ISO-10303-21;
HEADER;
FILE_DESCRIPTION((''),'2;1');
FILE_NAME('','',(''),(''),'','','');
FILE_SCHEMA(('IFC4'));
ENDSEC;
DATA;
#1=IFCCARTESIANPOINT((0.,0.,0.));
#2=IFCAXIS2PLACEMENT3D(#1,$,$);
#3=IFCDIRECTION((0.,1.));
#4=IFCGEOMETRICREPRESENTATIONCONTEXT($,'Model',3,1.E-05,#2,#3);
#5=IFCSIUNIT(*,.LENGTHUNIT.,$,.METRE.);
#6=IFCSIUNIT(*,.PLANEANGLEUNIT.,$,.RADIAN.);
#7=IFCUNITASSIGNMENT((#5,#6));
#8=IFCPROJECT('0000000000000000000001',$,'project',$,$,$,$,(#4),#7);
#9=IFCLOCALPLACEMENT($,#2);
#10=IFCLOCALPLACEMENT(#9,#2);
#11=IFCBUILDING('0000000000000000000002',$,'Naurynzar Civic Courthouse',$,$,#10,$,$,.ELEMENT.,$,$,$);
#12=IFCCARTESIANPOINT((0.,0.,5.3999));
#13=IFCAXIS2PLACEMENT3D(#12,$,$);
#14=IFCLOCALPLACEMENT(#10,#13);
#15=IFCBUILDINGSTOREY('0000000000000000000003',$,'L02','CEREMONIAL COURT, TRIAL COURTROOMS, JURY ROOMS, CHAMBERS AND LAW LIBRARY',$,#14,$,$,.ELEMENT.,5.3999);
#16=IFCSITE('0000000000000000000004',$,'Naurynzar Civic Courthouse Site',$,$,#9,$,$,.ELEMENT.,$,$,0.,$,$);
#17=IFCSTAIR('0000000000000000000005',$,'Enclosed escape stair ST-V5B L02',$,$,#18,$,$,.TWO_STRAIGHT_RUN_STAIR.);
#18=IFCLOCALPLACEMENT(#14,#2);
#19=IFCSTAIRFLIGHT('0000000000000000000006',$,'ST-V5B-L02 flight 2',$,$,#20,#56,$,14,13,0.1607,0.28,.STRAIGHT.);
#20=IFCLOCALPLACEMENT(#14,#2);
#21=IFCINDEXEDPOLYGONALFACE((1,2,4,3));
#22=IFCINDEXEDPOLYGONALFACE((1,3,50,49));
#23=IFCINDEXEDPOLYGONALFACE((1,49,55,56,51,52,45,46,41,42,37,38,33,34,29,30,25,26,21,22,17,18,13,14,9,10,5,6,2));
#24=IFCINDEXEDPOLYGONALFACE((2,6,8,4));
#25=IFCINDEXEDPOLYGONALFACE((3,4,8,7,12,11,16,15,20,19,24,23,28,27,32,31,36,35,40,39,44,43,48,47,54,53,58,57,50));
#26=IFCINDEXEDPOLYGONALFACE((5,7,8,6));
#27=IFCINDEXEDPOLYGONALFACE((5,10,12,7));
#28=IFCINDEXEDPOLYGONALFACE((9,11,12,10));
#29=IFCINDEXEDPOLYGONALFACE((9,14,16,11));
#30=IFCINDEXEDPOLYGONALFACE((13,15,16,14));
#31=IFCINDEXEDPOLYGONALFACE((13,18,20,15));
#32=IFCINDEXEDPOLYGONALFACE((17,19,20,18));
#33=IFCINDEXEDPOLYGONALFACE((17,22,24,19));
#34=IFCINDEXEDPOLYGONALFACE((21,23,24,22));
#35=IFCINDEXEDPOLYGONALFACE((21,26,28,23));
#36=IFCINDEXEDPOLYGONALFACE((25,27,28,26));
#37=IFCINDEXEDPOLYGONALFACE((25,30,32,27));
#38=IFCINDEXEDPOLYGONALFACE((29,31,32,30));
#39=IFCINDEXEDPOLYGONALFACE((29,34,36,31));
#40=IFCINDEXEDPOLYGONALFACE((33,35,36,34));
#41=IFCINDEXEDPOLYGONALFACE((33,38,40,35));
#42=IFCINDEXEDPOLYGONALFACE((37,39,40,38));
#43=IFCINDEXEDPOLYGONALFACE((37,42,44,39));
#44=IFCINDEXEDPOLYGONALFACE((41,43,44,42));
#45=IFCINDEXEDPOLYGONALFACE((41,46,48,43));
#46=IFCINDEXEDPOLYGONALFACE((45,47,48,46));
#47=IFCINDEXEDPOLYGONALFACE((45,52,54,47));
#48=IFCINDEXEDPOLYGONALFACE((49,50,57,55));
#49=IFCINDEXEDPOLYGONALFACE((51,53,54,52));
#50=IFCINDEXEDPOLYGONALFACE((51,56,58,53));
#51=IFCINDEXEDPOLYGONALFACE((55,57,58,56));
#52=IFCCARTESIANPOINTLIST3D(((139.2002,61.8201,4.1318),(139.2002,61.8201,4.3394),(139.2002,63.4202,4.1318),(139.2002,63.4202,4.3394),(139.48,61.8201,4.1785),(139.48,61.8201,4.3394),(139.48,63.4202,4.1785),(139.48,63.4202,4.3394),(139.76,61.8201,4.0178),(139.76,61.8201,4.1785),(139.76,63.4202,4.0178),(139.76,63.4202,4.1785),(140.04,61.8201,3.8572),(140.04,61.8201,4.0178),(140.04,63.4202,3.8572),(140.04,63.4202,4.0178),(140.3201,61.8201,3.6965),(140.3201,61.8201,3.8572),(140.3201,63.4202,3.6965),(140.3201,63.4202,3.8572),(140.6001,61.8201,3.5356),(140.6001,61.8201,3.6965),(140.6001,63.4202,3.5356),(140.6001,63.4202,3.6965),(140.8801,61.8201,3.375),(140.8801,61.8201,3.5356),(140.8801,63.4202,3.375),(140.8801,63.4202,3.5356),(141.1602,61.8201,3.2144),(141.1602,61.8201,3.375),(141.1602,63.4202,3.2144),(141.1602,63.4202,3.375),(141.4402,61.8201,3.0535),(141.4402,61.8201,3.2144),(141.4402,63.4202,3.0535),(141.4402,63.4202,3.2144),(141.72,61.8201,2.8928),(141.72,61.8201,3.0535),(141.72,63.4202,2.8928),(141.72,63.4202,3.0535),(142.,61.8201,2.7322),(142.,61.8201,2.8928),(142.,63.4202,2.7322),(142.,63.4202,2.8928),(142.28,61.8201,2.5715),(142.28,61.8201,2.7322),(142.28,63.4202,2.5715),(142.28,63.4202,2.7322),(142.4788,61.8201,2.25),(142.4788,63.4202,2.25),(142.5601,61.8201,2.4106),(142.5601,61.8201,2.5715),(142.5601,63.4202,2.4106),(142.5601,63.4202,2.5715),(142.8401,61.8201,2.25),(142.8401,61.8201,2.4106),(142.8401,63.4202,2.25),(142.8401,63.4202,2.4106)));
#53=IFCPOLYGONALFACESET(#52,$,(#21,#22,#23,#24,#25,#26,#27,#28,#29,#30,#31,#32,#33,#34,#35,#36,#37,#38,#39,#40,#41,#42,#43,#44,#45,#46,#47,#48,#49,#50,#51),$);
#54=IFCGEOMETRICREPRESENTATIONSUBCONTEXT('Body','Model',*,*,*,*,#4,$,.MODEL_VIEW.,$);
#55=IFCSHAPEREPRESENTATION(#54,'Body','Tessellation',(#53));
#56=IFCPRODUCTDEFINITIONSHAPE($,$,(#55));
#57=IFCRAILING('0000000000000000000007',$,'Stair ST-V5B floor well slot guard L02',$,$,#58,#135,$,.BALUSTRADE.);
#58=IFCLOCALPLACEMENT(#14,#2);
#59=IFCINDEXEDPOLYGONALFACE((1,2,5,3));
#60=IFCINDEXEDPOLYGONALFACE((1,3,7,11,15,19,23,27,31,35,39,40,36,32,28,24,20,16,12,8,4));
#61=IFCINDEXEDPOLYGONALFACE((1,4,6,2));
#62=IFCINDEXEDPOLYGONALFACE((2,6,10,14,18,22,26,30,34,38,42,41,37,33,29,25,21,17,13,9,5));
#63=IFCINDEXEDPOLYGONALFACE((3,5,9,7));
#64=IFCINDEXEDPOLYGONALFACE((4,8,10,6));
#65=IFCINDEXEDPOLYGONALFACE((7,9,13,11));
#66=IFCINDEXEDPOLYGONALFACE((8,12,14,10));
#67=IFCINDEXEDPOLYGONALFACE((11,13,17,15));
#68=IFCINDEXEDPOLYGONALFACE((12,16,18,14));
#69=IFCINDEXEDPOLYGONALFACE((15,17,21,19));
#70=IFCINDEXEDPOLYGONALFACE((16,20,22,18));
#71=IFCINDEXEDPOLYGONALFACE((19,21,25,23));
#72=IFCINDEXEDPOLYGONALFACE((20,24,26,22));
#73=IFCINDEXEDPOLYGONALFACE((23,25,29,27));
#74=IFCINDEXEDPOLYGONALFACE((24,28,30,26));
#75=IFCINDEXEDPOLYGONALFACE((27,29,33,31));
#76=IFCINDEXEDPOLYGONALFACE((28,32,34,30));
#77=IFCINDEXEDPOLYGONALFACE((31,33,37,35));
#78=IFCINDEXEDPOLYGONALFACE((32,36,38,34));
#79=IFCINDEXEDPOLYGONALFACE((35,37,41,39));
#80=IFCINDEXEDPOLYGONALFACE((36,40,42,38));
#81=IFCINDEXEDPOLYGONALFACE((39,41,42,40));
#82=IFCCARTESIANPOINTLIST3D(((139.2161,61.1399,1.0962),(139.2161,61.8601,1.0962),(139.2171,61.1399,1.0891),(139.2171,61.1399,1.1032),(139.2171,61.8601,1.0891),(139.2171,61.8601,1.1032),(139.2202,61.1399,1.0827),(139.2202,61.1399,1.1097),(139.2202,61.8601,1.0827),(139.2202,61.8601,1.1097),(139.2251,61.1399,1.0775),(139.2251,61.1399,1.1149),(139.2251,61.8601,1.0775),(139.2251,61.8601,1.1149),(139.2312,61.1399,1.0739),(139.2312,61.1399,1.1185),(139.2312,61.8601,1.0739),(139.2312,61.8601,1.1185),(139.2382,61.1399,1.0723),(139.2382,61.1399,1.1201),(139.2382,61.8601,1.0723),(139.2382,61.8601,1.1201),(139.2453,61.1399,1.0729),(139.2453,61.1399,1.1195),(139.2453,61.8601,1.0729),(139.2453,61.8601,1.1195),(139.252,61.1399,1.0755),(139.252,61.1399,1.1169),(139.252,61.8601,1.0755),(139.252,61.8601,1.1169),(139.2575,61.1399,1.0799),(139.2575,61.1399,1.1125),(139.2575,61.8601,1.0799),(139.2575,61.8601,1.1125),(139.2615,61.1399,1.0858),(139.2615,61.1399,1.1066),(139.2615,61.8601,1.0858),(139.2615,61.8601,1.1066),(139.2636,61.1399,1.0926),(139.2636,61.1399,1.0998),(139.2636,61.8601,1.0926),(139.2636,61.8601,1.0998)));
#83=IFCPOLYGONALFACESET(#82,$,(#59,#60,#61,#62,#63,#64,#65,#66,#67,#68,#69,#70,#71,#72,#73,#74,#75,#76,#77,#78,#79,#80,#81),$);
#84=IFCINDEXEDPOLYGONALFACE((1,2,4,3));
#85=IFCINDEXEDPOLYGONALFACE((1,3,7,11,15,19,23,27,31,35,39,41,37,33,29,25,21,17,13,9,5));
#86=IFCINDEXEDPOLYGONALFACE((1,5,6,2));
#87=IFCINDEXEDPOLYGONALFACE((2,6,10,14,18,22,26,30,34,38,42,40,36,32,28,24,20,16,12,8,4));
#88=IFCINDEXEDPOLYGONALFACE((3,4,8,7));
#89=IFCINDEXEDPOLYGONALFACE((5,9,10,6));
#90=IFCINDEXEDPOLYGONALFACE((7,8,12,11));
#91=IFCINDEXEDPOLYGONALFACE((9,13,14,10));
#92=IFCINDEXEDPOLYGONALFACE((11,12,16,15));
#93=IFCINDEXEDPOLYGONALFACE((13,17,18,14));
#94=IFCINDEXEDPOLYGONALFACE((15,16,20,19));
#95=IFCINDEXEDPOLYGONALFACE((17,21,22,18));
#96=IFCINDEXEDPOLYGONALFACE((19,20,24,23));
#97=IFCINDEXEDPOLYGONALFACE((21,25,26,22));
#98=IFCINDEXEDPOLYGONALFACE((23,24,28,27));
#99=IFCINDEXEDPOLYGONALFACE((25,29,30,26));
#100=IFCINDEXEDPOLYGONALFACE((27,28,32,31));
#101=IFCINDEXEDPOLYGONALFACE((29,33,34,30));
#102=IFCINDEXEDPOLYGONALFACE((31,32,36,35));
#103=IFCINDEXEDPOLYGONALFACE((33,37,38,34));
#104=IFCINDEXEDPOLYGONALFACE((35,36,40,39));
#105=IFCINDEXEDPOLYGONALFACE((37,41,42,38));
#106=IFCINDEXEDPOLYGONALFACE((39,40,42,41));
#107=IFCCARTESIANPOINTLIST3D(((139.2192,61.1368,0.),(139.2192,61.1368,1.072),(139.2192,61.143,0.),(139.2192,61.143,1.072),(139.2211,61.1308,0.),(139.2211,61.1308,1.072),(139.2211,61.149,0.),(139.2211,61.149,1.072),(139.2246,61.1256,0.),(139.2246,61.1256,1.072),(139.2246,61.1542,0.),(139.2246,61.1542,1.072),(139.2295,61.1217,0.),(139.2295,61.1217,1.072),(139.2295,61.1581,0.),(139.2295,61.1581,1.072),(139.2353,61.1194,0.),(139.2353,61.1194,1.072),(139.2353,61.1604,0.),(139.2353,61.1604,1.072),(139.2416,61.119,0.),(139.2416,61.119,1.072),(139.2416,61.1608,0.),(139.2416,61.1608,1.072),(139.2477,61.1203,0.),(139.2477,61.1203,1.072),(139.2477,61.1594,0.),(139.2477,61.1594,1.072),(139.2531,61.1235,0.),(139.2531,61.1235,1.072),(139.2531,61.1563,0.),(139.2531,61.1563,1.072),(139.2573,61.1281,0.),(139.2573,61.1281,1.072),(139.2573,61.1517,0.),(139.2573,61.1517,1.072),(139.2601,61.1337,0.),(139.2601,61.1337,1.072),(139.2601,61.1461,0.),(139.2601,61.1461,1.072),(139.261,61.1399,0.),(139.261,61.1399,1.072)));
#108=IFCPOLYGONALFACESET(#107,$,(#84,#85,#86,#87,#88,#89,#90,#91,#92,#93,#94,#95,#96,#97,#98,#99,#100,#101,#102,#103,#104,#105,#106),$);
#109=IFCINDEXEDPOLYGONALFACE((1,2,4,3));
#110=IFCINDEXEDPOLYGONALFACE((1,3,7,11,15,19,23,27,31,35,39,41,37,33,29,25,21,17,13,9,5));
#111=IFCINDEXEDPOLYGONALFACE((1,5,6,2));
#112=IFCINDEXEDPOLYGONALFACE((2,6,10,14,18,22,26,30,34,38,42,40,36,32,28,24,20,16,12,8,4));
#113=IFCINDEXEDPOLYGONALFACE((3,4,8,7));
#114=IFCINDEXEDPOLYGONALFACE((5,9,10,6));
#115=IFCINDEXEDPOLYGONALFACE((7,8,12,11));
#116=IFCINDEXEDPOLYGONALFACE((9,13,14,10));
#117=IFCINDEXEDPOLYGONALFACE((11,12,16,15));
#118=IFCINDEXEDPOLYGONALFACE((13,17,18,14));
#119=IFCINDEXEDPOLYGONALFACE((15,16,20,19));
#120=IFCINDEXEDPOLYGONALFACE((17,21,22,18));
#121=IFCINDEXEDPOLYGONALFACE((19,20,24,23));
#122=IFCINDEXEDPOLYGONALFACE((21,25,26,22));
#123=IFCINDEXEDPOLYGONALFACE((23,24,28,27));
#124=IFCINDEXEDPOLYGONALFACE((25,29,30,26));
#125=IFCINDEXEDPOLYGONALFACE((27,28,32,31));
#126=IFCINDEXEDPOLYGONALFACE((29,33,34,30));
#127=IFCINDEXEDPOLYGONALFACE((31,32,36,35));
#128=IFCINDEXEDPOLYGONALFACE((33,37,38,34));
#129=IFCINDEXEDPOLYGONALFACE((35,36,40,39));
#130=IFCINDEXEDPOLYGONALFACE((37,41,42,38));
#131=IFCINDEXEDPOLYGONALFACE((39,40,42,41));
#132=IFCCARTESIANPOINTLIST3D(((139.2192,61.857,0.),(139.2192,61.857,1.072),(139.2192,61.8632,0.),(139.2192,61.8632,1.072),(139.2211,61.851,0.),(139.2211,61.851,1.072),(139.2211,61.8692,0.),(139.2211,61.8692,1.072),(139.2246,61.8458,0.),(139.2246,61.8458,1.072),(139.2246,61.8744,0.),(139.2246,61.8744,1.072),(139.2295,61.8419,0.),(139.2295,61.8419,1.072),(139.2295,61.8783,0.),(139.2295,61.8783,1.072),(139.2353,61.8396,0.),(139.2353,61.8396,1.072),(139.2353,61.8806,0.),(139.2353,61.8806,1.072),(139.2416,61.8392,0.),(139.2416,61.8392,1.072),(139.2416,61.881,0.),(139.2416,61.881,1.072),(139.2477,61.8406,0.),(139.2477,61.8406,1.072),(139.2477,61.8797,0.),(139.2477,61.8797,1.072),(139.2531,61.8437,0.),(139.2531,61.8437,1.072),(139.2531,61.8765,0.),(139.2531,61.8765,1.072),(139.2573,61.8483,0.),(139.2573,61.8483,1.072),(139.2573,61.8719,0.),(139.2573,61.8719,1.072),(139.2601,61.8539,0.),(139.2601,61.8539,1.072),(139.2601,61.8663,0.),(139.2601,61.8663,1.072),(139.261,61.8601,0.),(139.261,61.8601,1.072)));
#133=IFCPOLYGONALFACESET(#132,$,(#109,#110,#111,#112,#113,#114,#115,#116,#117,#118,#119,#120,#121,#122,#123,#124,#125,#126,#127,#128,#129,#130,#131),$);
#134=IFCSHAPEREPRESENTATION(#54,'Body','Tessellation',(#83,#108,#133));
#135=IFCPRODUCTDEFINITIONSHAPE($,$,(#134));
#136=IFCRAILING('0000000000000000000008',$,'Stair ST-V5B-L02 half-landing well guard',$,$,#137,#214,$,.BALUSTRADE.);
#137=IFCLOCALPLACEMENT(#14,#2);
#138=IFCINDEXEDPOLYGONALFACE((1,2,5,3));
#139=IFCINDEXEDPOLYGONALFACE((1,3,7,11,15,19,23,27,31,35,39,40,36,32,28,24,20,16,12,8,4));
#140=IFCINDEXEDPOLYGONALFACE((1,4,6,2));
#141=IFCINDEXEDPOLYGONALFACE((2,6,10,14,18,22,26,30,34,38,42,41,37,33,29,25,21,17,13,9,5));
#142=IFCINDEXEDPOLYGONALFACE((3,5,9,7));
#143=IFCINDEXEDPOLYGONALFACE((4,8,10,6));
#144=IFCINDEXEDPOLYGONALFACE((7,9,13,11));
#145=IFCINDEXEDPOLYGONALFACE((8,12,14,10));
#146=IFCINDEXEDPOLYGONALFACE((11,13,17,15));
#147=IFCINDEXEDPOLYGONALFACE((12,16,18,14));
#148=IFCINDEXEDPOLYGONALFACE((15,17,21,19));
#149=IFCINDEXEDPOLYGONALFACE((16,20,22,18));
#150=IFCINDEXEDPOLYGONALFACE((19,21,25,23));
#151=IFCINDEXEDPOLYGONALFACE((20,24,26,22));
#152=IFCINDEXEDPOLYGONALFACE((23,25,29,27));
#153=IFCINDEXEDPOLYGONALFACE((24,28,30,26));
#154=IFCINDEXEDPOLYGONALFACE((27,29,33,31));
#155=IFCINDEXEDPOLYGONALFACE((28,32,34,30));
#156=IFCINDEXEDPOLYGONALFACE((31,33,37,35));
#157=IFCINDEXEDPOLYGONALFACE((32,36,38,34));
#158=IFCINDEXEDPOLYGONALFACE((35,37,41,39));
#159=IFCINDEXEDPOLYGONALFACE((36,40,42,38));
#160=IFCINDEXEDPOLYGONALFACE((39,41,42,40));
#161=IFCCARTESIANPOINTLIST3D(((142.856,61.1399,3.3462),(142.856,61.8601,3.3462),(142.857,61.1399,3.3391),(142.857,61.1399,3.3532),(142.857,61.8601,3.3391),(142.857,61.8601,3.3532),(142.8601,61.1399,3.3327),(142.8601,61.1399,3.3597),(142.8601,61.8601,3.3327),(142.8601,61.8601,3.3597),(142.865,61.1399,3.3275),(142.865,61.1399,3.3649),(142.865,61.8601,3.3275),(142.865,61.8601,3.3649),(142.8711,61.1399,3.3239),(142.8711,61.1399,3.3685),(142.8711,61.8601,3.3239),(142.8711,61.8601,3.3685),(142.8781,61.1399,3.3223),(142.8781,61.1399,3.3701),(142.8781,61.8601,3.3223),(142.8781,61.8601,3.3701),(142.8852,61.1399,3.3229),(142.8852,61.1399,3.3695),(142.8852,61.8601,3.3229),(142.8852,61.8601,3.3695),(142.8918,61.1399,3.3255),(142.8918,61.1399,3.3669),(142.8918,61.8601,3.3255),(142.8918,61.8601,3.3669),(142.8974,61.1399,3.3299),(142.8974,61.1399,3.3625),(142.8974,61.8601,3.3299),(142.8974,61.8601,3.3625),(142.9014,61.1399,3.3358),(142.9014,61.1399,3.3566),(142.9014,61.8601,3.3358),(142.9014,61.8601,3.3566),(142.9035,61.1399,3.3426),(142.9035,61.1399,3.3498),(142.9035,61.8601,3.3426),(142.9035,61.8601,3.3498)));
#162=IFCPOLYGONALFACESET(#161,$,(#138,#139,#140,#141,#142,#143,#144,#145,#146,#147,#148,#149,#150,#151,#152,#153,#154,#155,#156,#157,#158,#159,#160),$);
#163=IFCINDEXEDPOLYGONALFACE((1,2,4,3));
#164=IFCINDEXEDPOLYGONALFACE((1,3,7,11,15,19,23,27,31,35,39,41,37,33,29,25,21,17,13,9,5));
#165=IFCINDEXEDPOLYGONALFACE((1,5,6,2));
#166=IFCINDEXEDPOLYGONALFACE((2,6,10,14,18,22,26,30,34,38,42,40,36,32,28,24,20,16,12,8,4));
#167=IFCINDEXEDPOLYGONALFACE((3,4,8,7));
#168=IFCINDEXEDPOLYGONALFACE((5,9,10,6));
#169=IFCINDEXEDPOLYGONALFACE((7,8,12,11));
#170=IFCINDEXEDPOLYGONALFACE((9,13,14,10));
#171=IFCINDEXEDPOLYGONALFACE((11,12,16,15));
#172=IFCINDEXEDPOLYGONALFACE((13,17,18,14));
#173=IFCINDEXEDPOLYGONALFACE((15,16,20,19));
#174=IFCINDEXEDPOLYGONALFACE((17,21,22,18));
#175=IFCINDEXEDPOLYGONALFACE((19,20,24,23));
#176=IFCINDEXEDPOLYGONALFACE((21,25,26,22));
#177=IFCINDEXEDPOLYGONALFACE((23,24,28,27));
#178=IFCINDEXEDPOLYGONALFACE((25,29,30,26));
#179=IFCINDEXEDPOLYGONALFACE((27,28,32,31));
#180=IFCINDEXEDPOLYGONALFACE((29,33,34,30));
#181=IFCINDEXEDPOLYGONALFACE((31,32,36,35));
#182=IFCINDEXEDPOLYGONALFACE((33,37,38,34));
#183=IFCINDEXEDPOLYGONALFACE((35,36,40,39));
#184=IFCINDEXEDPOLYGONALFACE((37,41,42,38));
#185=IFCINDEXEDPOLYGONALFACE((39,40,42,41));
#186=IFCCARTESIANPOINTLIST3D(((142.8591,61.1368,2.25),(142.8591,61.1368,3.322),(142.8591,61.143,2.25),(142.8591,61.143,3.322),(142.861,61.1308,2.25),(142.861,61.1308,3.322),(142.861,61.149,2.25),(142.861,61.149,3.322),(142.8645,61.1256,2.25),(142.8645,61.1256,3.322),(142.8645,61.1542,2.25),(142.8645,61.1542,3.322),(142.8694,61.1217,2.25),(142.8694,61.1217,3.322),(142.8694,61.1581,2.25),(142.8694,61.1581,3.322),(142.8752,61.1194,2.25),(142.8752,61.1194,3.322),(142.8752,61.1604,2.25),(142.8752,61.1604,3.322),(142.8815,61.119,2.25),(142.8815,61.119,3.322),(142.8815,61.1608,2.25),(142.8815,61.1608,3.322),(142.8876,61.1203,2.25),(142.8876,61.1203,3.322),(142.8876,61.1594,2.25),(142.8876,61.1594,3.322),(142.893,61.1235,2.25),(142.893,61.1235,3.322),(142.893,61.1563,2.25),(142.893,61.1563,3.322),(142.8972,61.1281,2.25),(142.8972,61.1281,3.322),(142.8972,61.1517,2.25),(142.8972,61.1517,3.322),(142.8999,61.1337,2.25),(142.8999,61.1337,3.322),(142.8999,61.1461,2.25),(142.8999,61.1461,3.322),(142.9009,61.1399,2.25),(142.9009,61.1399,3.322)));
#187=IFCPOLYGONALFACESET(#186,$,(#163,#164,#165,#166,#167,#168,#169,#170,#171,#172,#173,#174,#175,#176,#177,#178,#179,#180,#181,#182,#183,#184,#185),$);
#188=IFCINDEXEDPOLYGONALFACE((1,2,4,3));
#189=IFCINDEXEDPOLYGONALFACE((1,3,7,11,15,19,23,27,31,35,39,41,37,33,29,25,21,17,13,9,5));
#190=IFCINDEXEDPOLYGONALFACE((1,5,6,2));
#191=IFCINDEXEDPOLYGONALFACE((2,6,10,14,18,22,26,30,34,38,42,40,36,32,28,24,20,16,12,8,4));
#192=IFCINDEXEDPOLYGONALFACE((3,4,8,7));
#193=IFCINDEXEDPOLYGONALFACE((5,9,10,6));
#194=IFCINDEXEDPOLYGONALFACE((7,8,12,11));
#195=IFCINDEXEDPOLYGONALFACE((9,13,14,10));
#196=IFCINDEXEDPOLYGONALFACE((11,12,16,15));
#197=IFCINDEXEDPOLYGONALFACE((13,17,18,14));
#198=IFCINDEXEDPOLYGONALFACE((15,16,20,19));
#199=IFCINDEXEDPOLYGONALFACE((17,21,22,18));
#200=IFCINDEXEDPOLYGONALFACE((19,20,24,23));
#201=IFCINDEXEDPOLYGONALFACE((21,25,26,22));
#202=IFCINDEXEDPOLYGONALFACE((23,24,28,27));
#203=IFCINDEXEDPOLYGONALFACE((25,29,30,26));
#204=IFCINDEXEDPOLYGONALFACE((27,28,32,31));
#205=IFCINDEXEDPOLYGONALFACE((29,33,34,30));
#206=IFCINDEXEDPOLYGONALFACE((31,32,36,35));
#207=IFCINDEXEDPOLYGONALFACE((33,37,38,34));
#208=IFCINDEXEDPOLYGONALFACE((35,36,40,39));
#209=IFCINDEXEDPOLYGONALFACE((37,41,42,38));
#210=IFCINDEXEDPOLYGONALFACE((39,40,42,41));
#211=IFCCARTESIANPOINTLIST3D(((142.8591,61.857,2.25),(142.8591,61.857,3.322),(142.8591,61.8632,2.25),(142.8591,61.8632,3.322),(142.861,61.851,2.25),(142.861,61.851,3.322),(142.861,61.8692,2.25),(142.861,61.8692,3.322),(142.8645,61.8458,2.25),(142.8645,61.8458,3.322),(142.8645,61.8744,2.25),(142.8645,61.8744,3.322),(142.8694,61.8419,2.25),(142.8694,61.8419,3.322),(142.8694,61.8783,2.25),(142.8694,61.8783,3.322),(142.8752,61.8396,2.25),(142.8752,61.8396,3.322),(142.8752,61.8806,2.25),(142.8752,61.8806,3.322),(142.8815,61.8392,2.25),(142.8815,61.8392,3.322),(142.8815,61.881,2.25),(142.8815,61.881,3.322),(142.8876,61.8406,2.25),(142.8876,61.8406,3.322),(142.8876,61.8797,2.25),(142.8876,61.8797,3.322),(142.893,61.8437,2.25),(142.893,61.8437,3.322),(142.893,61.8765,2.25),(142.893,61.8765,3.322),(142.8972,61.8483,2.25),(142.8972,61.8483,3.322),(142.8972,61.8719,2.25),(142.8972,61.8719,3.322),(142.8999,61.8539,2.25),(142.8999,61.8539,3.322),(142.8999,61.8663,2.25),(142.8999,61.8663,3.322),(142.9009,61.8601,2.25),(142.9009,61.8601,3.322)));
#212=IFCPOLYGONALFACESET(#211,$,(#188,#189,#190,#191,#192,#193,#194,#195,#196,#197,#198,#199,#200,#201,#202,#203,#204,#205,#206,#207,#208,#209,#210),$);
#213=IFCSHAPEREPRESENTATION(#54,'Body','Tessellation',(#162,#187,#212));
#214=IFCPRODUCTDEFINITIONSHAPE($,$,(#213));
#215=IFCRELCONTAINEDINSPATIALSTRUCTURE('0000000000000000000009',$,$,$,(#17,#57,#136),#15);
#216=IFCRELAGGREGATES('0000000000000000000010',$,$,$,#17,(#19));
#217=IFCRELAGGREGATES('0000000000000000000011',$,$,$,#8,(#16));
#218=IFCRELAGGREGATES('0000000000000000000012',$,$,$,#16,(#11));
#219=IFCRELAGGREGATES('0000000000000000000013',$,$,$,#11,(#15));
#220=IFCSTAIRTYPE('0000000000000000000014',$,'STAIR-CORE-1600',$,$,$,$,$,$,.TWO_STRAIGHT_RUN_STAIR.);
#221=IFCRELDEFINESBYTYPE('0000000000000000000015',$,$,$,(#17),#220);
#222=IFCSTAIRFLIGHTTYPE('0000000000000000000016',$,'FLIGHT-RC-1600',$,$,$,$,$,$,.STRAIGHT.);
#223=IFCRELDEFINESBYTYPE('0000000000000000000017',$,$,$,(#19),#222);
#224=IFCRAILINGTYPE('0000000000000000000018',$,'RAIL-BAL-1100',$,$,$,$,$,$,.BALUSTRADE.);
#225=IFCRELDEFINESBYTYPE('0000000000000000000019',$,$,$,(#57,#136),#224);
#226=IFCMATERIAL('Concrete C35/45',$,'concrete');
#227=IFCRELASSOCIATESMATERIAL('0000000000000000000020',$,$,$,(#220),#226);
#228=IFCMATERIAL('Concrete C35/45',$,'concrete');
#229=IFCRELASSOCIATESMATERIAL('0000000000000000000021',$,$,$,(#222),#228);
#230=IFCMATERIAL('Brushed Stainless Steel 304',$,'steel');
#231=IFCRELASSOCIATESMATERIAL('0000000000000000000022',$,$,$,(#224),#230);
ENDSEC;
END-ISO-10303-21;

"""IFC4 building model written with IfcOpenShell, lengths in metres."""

from ifc_helpers import new_model, si_unit, direction, frame, origin, origin_2d, place, context, subcontext, project, spatial, polyline, circle, outline, extrude, material, type_object, element, aggregate, save


model = new_model("IFC4")

# Units and contexts
model_context = context("Model", 3, precision=1e-05, world=origin(), true_north=direction((0.0, 1.0)))
body_context = subcontext(model_context, "Body", "Model", "MODEL_VIEW")
ifc_project = project(units=[si_unit("LENGTHUNIT", "METRE"), si_unit("PLANEANGLEUNIT", "RADIAN")], contexts=[model_context])

# Site, building, storey
site_placement = place(None, origin())
site = spatial("IfcSite", under=ifc_project, at=site_placement, Name="Naurynzar Civic Courthouse Site", CompositionType="ELEMENT", RefElevation=0.0)
building_placement = place(site_placement, origin())
building = spatial("IfcBuilding", under=site, at=building_placement, Name="Naurynzar Civic Courthouse", CompositionType="ELEMENT")
storey_placement = place(building_placement, frame((0.0, 0.0, 5.3999)))
storey = spatial("IfcBuildingStorey", under=building, at=storey_placement, Name="L02", Description="CEREMONIAL COURT, TRIAL COURTROOMS, JURY ROOMS, CHAMBERS AND LAW LIBRARY", CompositionType="ELEMENT", Elevation=5.3999)

# Stair, stair flight
ifc_material_1 = material(Name="Concrete C35/45", Category="concrete")
stair_type = type_object("IfcStairType", Name="STAIR-CORE-1600", PredefinedType="TWO_STRAIGHT_RUN_STAIR", material=ifc_material_1)
stair_placement = place(storey_placement, origin())
stair = element("IfcStair", 1, at=stair_placement, inside=storey, type_object=stair_type, Name="Enclosed escape stair ST-V5B L02", PredefinedType="TWO_STRAIGHT_RUN_STAIR")
ifc_material_2 = material(Name="Concrete C35/45", Category="concrete")
stair_flight_type = type_object("IfcStairFlightType", Name="FLIGHT-RC-1600", PredefinedType="STRAIGHT", material=ifc_material_2)
stair_flight_1_placement = place(storey_placement, frame((142.8401, 62.6201, 2.25), z_axis=(0.0, 0.0, 1.0), x_axis=(-1.0, 0.0, 0.0)))
stair_flight_1 = element("IfcStairFlight", 2, at=stair_flight_1_placement, type_object=stair_flight_type, Name="ST-V5B-L02 flight 2", NumberOfRisers=14, NumberOfTreads=13, PredefinedType="STRAIGHT", RiserHeight=0.1607, TreadLength=0.28, context=body_context, shape_type="SweptSolid", body=[
    extrude(outline(polyline([(0.0, 0.0), (0.0, 0.1606), (0.28, 0.1606), (0.28, 0.3215), (0.5601, 0.3215), (0.5601, 0.4822), (0.8401, 0.4822), (0.8401, 0.6428), (1.1201, 0.6428), (1.1201, 0.8035), (1.3999, 0.8035), (1.3999, 0.9644), (1.6799, 0.9644), (1.6799, 1.125), (1.96, 1.125), (1.96, 1.2856), (2.24, 1.2856), (2.24, 1.4465), (2.52, 1.4465), (2.52, 1.6072), (2.8, 1.6072), (2.8, 1.7678), (3.0801, 1.7678), (3.0801, 1.9285), (3.3601, 1.9285), (3.3601, 2.0894), (3.6399, 2.0894), (3.6399, 2.25), (3.6399, 1.8818), (0.3613, 0.0), (0.0, 0.0)])), frame((0.0, 0.8, 0.0), z_axis=(0.0, -1.0, 0.0), x_axis=(1.0, 0.0, 0.0)), (0.0, 0.0, 1.0), 1.6001),
])
aggregate(stair, [stair_flight_1])

# Railings
ifc_material_3 = material(Name="Brushed Stainless Steel 304", Category="steel")
railing_type_1 = type_object("IfcRailingType", Name="RAIL-BAL-1100", PredefinedType="BALUSTRADE", material=ifc_material_3)
for number, where, name in (
    (3, (139.24, 61.1399, 0.0), "Stair ST-V5B floor well slot guard L02"),
    (4, (142.8799, 61.1399, 2.25), "Stair ST-V5B-L02 half-landing well guard"),
):
    element("IfcRailing", number, at=place(storey_placement, frame(where)), inside=storey, type_object=railing_type_1, Name=name, PredefinedType="BALUSTRADE", context=body_context, shape_type="SweptSolid", body=[
        extrude(circle(Radius=0.0239, at=origin_2d()), frame((0.0, 0.0, 1.0962), z_axis=(0.0, 1.0, 0.0), x_axis=(-1.0, 0.0, 0.0)), (0.0, 0.0, 1.0), 0.7202),
        extrude(circle(Radius=0.021, at=origin_2d()), origin(), (0.0, 0.0, 1.0), 1.072),
        extrude(circle(Radius=0.021, at=origin_2d()), frame((0.0, 0.7202, 0.0)), (0.0, 0.0, 1.0), 1.072),
    ])

save(model, "model.ifc")
